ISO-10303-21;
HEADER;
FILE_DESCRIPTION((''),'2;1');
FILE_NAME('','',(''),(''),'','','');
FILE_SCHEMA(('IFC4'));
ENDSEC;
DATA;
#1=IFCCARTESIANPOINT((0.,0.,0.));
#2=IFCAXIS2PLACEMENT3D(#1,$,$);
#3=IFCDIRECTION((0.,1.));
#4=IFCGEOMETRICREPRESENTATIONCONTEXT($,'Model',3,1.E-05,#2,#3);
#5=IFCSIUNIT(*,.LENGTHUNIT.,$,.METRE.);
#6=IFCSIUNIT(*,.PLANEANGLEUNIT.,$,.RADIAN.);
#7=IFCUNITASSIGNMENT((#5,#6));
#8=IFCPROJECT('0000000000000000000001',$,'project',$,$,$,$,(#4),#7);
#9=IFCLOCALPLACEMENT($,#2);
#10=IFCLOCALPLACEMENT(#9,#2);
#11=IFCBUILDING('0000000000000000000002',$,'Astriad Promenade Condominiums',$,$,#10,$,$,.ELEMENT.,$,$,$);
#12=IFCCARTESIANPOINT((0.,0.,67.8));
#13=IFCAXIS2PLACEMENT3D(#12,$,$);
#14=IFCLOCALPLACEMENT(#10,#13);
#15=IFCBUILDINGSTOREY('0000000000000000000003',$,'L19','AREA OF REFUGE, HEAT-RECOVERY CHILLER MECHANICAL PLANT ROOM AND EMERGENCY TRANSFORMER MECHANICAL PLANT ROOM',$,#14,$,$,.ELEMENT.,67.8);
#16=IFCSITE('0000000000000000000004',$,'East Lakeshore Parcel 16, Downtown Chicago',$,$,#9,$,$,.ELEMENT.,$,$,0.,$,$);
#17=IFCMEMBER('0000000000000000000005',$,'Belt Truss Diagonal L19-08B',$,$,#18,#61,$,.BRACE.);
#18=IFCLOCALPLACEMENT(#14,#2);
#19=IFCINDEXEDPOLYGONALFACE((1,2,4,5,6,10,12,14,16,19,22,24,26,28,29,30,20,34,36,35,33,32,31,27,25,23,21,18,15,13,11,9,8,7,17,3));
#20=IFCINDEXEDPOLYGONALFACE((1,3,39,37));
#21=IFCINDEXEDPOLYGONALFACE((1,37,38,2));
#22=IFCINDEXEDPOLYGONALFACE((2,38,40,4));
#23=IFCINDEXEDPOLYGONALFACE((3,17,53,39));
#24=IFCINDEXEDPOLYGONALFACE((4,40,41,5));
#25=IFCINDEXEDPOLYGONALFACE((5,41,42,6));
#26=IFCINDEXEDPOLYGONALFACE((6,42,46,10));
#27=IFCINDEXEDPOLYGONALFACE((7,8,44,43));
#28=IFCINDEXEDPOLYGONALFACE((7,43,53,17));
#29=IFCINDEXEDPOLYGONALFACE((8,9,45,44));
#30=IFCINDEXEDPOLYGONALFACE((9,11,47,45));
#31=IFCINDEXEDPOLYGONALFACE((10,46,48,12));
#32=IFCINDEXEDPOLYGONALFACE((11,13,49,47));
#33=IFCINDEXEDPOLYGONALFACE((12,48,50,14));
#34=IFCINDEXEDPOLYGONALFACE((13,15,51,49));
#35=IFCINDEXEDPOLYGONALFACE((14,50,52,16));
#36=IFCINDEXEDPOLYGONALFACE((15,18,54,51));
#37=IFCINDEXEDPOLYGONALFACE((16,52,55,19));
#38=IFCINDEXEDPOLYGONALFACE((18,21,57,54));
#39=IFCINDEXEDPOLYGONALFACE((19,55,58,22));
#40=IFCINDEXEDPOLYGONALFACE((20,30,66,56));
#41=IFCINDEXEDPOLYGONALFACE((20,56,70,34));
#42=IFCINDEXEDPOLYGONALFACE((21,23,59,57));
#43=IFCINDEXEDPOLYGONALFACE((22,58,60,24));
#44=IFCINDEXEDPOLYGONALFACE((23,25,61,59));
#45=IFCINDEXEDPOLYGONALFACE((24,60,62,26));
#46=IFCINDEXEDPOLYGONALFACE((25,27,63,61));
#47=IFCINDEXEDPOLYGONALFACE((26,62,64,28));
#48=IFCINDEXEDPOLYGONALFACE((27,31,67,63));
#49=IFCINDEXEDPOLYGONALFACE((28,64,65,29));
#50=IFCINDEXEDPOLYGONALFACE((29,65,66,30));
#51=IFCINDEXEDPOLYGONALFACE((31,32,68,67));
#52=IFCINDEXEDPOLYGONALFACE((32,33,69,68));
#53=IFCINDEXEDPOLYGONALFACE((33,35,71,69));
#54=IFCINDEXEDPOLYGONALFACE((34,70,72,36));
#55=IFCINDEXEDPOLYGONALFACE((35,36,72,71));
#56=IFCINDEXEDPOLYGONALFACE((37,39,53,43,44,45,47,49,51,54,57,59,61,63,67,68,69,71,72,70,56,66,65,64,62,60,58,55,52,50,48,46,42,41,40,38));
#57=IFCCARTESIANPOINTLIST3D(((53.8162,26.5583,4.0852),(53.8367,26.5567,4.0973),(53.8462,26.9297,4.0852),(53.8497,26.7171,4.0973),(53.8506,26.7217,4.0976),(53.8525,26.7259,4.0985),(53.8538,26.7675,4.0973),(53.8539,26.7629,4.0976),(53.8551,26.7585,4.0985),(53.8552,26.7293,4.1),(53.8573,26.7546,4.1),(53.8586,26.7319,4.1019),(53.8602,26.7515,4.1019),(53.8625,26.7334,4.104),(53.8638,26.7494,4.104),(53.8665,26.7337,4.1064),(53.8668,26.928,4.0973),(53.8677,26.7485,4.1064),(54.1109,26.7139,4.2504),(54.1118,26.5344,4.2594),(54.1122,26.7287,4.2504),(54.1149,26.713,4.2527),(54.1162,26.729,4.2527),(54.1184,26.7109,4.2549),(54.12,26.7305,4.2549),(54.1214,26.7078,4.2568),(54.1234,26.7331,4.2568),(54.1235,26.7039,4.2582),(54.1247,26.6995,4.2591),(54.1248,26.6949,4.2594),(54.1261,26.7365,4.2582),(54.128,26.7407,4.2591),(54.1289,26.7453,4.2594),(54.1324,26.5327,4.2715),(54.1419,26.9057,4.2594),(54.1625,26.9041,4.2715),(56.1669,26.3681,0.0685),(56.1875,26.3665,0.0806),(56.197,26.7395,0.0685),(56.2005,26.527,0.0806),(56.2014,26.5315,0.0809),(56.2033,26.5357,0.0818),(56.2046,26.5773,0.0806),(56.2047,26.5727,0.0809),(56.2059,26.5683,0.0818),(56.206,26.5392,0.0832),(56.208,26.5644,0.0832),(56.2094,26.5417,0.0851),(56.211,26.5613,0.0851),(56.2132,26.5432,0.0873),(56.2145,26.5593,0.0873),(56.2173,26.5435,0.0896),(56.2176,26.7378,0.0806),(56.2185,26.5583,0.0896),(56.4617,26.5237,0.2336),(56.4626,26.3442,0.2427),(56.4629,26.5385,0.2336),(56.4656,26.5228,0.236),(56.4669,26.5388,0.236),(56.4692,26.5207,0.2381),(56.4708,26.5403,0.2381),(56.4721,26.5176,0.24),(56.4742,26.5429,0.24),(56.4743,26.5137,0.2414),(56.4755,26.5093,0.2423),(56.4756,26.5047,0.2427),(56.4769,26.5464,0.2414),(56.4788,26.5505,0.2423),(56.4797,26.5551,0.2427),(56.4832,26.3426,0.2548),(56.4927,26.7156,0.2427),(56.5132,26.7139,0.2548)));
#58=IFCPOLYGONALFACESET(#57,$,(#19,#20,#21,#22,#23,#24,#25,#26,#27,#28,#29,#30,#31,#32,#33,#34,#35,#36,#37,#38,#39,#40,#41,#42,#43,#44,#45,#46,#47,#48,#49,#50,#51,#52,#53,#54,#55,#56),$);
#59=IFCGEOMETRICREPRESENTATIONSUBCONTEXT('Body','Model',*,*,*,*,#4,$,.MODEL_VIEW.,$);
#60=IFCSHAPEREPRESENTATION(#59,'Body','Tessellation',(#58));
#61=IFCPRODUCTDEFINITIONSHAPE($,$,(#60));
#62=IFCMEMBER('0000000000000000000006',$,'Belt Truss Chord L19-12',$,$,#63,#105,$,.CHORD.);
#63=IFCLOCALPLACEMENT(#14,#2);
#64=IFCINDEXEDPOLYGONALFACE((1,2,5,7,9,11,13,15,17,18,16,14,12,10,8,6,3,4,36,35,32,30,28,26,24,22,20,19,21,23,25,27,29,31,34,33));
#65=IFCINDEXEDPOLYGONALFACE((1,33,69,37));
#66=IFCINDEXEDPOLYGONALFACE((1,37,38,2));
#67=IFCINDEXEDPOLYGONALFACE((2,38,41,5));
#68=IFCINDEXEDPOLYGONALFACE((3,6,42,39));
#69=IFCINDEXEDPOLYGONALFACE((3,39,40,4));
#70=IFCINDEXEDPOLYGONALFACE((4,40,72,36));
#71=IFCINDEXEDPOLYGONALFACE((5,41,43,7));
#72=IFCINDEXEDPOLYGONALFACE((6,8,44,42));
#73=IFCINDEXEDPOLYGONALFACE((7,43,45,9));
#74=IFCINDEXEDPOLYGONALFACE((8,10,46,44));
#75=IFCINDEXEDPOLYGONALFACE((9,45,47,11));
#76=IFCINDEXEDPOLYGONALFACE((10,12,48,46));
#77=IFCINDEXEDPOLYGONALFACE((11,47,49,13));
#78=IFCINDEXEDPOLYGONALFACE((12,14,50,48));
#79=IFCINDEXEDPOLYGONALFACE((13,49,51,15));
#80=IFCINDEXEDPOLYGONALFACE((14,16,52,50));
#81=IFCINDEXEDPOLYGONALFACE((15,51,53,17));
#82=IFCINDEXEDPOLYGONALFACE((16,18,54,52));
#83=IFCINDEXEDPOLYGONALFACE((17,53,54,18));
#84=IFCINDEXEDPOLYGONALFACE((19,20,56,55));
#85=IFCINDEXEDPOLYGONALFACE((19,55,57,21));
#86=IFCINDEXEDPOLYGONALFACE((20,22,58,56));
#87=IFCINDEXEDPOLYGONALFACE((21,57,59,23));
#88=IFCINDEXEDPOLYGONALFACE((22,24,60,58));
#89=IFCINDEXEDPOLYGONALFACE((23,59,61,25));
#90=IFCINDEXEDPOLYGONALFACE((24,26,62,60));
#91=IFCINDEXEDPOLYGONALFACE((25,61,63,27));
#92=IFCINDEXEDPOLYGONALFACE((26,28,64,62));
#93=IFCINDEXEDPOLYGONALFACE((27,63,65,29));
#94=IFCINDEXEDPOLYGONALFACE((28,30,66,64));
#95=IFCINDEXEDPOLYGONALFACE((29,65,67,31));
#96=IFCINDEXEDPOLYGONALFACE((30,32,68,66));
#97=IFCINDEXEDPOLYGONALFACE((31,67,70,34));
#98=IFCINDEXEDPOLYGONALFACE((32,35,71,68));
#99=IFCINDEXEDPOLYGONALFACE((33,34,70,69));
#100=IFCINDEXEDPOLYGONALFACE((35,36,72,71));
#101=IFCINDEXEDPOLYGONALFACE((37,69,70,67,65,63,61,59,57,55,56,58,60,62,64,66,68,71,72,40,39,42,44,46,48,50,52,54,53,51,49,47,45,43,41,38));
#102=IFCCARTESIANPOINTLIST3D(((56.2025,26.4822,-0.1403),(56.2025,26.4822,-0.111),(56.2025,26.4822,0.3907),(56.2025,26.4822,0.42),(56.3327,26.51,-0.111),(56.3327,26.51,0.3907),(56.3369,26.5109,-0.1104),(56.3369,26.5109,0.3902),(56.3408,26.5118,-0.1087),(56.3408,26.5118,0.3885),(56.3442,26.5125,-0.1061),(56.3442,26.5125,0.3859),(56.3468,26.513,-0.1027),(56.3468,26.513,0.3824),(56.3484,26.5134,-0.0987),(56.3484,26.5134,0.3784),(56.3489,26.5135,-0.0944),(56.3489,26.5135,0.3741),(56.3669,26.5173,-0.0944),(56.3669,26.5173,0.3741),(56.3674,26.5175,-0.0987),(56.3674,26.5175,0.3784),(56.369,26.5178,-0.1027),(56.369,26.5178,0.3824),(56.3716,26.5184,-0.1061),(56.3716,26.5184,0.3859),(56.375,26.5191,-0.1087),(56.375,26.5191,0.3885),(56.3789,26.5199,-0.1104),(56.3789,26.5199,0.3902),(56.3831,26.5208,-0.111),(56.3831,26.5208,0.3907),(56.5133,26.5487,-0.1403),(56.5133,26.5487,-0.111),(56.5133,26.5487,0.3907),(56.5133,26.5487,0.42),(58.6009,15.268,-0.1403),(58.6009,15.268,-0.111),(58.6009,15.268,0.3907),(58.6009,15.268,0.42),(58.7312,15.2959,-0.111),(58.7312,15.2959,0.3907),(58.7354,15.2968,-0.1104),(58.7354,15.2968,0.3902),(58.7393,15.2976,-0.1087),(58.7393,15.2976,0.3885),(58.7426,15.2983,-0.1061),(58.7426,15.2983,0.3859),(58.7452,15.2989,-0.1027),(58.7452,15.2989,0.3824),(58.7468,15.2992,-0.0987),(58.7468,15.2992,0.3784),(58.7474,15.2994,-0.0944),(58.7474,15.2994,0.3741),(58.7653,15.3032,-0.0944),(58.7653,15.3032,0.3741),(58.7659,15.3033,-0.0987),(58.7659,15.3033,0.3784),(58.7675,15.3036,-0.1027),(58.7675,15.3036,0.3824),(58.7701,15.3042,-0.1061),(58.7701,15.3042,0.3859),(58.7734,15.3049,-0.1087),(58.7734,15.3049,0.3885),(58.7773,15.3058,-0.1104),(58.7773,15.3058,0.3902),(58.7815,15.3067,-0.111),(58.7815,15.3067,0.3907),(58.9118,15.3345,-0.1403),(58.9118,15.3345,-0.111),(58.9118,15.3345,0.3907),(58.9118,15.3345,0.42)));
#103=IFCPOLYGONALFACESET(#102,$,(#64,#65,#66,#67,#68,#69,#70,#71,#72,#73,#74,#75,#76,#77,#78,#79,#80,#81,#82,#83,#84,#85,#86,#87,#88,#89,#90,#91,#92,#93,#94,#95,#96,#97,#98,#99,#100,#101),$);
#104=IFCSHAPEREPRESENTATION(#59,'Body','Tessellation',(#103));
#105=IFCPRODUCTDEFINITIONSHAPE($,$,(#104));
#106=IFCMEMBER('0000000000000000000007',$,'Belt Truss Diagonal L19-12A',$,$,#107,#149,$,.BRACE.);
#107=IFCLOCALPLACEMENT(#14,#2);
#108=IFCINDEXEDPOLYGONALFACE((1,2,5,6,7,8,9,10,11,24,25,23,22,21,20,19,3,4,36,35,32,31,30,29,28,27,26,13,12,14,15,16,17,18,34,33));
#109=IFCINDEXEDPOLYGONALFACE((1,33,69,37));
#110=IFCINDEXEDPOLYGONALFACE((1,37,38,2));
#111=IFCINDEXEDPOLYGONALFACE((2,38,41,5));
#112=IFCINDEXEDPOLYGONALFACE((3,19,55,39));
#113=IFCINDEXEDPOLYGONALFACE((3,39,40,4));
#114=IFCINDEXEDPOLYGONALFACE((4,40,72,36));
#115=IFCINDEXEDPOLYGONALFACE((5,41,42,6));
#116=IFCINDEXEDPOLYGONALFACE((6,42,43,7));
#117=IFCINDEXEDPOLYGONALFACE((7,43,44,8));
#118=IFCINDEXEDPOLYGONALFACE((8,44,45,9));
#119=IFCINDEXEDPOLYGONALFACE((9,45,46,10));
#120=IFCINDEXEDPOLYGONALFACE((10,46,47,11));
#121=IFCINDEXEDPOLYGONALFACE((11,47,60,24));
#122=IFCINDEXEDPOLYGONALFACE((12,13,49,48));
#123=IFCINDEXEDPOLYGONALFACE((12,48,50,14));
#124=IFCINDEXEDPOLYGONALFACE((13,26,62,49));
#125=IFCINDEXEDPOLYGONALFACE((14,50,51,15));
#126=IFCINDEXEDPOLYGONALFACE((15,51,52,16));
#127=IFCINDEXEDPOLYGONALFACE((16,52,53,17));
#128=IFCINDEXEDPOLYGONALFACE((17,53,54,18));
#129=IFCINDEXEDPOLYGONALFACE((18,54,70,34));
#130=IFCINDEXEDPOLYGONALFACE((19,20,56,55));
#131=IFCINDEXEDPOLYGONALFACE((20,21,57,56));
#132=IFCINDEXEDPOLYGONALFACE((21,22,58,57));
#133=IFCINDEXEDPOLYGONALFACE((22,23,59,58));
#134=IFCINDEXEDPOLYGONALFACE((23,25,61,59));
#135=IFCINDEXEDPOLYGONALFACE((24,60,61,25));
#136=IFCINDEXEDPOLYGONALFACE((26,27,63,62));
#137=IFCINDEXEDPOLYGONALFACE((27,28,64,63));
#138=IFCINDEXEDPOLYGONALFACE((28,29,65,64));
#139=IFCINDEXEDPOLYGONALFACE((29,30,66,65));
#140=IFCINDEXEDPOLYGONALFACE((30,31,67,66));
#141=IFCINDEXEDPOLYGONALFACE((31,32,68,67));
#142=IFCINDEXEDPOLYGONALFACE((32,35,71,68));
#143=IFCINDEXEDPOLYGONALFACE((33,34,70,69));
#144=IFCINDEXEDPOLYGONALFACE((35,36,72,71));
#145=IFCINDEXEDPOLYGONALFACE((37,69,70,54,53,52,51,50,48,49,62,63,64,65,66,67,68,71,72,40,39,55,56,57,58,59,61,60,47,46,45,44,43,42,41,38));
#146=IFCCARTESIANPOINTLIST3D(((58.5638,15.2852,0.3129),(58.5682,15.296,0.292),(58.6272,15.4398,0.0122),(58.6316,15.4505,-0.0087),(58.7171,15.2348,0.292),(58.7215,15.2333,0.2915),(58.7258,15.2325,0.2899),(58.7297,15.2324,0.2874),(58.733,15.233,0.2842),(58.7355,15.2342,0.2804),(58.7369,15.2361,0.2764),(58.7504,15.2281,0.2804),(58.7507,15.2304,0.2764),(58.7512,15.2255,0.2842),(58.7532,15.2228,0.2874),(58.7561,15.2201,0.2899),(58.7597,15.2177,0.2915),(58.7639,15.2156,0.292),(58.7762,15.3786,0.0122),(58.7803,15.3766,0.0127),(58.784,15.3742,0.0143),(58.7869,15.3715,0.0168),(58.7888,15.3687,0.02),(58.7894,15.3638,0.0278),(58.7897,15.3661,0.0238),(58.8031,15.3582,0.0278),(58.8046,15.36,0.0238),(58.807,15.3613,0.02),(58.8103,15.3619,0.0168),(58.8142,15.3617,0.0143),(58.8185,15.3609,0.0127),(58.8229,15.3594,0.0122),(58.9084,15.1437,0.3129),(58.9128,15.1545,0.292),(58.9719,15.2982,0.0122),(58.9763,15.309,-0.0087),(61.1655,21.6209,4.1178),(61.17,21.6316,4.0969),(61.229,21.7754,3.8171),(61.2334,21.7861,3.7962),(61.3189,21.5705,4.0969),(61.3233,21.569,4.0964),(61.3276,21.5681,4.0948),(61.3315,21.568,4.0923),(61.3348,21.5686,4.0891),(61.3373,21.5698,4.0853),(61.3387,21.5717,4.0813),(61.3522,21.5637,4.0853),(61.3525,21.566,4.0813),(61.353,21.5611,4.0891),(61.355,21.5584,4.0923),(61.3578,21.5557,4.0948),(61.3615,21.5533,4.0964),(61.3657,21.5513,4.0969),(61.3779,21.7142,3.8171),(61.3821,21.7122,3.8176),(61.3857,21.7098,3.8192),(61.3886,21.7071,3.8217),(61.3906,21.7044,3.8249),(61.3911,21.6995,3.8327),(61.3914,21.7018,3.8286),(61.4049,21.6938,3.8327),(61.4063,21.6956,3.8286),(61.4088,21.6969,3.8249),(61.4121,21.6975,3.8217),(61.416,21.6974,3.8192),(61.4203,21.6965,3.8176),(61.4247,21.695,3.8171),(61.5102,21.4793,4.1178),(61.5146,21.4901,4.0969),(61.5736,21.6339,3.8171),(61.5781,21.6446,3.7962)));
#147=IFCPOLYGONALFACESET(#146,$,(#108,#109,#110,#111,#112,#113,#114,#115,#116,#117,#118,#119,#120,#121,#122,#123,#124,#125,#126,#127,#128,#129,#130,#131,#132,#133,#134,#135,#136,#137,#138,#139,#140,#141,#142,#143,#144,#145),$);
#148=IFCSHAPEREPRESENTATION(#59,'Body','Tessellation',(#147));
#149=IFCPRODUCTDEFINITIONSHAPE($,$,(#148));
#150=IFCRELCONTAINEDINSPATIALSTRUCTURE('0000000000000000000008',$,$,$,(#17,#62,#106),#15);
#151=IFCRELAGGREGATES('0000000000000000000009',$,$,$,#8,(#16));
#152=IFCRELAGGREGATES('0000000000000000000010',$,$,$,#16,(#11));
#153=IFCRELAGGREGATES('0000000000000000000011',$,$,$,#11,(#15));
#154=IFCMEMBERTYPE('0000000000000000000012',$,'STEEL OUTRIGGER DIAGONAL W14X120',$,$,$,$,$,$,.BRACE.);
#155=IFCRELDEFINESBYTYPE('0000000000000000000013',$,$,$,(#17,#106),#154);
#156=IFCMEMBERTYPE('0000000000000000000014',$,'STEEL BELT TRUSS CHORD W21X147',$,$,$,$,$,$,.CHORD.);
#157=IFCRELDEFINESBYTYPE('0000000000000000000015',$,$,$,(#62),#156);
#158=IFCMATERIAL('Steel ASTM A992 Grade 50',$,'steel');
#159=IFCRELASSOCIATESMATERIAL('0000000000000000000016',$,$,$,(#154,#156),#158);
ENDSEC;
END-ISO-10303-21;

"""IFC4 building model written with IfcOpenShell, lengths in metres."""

from ifc_helpers import new_model, si_unit, direction, frame, origin, origin_2d, place, context, subcontext, project, spatial, i_section, extrude, source, transform, mapped, material, material_profile, profile_set, type_object, type_shapes, element, save


model = new_model("IFC4")

# Units and contexts
model_context = context("Model", 3, precision=1e-05, world=origin(), true_north=direction((0.0, 1.0)))
body_context = subcontext(model_context, "Body", "Model", "MODEL_VIEW")
ifc_project = project(units=[si_unit("LENGTHUNIT", "METRE"), si_unit("PLANEANGLEUNIT", "RADIAN")], contexts=[model_context])

# Site, building, storey
site_placement = place(None, origin())
site = spatial("IfcSite", under=ifc_project, at=site_placement, Name="East Lakeshore Parcel 16, Downtown Chicago", CompositionType="ELEMENT", RefElevation=0.0)
building_placement = place(site_placement, origin())
building = spatial("IfcBuilding", under=site, at=building_placement, Name="Astriad Promenade Condominiums", CompositionType="ELEMENT")
storey_placement = place(building_placement, frame((0.0, 0.0, 67.8)))
storey = spatial("IfcBuildingStorey", under=building, at=storey_placement, Name="L19", Description="AREA OF REFUGE, HEAT-RECOVERY CHILLER MECHANICAL PLANT ROOM AND EMERGENCY TRANSFORMER MECHANICAL PLANT ROOM", CompositionType="ELEMENT", Elevation=67.8)

# Shared definitions
ifc_material_1 = material(Name="Steel ASTM A992 Grade 50", Category="steel")

# Members
ifc_material_profile_1 = material_profile(ifc_material_1, i_section(OverallWidth=0.3726, OverallDepth=0.3679, WebThickness=0.0149, FlangeThickness=0.0239, FilletRadius=0.0178, at=origin_2d()), Name="W14X120")
ifc_profile_set_1 = profile_set([ifc_material_profile_1], Name="Steel ASTM A992 Grade 50")
member_type_1 = type_object("IfcMemberType", Name="STEEL OUTRIGGER DIAGONAL W14X120", PredefinedType="BRACE", material=ifc_profile_set_1)
shared_shape_1 = source(origin(), body_context, "Body", "SweptSolid", [
    extrude(i_section(OverallWidth=0.3726, OverallDepth=0.3679, WebThickness=0.0149, FlangeThickness=0.0239, FilletRadius=0.0178, at=origin_2d()), origin(), (0.0, 0.0, 1.0), 4.658),
])
member_1_placement = place(storey_placement, frame((56.3401, 26.541, 0.1616), z_axis=(-0.504679, 0.040829, 0.862341), x_axis=(-0.080638, -0.996743, 0.0)))
element("IfcMember", 1, at=member_1_placement, inside=storey, type_object=member_type_1, Name="Belt Truss Diagonal L19-08B", PredefinedType="BRACE", context=body_context, shape_type="MappedRepresentation", body=[
    mapped(shared_shape_1, transform((0.0, 0.0, 0.0), scale=1.0)),
])
ifc_material_profile_2 = material_profile(ifc_material_1, i_section(OverallWidth=0.3179, OverallDepth=0.5603, WebThickness=0.0183, FlangeThickness=0.0293, FilletRadius=0.0166, at=origin_2d()), Name="W21X147")
ifc_profile_set_2 = profile_set([ifc_material_profile_2], Name="Steel ASTM A992 Grade 50")
member_type_2 = type_object("IfcMemberType", Name="STEEL BELT TRUSS CHORD W21X147", PredefinedType="CHORD", material=ifc_profile_set_2)
shared_shape_2 = source(origin(), body_context, "Body", "SweptSolid", [
    extrude(i_section(OverallWidth=0.3179, OverallDepth=0.5603, WebThickness=0.0183, FlangeThickness=0.0293, FilletRadius=0.0166, at=origin_2d()), origin(), (0.0, 0.0, 1.0), 11.4678),
])
type_shapes(member_type_2, [shared_shape_2])
member_2_placement = place(storey_placement, frame((58.7563, 15.3013, 0.1399), z_axis=(-0.209147, 0.977884, 0.0), x_axis=(-0.977884, -0.209147, 0.0)))
element("IfcMember", 2, at=member_2_placement, inside=storey, type_object=member_type_2, Name="Belt Truss Chord L19-12", PredefinedType="CHORD", context=body_context, shape_type="MappedRepresentation", body=[
    mapped(shared_shape_2, transform((0.0, 0.0, 0.0), scale=1.0)),
])
shared_shape_3 = source(origin(), body_context, "Body", "SweptSolid", [
    extrude(i_section(OverallWidth=0.3726, OverallDepth=0.3679, WebThickness=0.0149, FlangeThickness=0.0239, FilletRadius=0.0178, at=origin_2d()), origin(), (0.0, 0.0, 1.0), 7.835),
])
member_3_placement = place(storey_placement, frame((58.77, 15.2971, 0.1521), z_axis=(0.332073, 0.808635, 0.48563), x_axis=(-0.925038, 0.379875, 0.0)))
element("IfcMember", 3, at=member_3_placement, inside=storey, type_object=member_type_1, Name="Belt Truss Diagonal L19-12A", PredefinedType="BRACE", context=body_context, shape_type="MappedRepresentation", body=[
    mapped(shared_shape_3, transform((0.0, 0.0, 0.0), scale=1.0)),
])

save(model, "model.ifc")
